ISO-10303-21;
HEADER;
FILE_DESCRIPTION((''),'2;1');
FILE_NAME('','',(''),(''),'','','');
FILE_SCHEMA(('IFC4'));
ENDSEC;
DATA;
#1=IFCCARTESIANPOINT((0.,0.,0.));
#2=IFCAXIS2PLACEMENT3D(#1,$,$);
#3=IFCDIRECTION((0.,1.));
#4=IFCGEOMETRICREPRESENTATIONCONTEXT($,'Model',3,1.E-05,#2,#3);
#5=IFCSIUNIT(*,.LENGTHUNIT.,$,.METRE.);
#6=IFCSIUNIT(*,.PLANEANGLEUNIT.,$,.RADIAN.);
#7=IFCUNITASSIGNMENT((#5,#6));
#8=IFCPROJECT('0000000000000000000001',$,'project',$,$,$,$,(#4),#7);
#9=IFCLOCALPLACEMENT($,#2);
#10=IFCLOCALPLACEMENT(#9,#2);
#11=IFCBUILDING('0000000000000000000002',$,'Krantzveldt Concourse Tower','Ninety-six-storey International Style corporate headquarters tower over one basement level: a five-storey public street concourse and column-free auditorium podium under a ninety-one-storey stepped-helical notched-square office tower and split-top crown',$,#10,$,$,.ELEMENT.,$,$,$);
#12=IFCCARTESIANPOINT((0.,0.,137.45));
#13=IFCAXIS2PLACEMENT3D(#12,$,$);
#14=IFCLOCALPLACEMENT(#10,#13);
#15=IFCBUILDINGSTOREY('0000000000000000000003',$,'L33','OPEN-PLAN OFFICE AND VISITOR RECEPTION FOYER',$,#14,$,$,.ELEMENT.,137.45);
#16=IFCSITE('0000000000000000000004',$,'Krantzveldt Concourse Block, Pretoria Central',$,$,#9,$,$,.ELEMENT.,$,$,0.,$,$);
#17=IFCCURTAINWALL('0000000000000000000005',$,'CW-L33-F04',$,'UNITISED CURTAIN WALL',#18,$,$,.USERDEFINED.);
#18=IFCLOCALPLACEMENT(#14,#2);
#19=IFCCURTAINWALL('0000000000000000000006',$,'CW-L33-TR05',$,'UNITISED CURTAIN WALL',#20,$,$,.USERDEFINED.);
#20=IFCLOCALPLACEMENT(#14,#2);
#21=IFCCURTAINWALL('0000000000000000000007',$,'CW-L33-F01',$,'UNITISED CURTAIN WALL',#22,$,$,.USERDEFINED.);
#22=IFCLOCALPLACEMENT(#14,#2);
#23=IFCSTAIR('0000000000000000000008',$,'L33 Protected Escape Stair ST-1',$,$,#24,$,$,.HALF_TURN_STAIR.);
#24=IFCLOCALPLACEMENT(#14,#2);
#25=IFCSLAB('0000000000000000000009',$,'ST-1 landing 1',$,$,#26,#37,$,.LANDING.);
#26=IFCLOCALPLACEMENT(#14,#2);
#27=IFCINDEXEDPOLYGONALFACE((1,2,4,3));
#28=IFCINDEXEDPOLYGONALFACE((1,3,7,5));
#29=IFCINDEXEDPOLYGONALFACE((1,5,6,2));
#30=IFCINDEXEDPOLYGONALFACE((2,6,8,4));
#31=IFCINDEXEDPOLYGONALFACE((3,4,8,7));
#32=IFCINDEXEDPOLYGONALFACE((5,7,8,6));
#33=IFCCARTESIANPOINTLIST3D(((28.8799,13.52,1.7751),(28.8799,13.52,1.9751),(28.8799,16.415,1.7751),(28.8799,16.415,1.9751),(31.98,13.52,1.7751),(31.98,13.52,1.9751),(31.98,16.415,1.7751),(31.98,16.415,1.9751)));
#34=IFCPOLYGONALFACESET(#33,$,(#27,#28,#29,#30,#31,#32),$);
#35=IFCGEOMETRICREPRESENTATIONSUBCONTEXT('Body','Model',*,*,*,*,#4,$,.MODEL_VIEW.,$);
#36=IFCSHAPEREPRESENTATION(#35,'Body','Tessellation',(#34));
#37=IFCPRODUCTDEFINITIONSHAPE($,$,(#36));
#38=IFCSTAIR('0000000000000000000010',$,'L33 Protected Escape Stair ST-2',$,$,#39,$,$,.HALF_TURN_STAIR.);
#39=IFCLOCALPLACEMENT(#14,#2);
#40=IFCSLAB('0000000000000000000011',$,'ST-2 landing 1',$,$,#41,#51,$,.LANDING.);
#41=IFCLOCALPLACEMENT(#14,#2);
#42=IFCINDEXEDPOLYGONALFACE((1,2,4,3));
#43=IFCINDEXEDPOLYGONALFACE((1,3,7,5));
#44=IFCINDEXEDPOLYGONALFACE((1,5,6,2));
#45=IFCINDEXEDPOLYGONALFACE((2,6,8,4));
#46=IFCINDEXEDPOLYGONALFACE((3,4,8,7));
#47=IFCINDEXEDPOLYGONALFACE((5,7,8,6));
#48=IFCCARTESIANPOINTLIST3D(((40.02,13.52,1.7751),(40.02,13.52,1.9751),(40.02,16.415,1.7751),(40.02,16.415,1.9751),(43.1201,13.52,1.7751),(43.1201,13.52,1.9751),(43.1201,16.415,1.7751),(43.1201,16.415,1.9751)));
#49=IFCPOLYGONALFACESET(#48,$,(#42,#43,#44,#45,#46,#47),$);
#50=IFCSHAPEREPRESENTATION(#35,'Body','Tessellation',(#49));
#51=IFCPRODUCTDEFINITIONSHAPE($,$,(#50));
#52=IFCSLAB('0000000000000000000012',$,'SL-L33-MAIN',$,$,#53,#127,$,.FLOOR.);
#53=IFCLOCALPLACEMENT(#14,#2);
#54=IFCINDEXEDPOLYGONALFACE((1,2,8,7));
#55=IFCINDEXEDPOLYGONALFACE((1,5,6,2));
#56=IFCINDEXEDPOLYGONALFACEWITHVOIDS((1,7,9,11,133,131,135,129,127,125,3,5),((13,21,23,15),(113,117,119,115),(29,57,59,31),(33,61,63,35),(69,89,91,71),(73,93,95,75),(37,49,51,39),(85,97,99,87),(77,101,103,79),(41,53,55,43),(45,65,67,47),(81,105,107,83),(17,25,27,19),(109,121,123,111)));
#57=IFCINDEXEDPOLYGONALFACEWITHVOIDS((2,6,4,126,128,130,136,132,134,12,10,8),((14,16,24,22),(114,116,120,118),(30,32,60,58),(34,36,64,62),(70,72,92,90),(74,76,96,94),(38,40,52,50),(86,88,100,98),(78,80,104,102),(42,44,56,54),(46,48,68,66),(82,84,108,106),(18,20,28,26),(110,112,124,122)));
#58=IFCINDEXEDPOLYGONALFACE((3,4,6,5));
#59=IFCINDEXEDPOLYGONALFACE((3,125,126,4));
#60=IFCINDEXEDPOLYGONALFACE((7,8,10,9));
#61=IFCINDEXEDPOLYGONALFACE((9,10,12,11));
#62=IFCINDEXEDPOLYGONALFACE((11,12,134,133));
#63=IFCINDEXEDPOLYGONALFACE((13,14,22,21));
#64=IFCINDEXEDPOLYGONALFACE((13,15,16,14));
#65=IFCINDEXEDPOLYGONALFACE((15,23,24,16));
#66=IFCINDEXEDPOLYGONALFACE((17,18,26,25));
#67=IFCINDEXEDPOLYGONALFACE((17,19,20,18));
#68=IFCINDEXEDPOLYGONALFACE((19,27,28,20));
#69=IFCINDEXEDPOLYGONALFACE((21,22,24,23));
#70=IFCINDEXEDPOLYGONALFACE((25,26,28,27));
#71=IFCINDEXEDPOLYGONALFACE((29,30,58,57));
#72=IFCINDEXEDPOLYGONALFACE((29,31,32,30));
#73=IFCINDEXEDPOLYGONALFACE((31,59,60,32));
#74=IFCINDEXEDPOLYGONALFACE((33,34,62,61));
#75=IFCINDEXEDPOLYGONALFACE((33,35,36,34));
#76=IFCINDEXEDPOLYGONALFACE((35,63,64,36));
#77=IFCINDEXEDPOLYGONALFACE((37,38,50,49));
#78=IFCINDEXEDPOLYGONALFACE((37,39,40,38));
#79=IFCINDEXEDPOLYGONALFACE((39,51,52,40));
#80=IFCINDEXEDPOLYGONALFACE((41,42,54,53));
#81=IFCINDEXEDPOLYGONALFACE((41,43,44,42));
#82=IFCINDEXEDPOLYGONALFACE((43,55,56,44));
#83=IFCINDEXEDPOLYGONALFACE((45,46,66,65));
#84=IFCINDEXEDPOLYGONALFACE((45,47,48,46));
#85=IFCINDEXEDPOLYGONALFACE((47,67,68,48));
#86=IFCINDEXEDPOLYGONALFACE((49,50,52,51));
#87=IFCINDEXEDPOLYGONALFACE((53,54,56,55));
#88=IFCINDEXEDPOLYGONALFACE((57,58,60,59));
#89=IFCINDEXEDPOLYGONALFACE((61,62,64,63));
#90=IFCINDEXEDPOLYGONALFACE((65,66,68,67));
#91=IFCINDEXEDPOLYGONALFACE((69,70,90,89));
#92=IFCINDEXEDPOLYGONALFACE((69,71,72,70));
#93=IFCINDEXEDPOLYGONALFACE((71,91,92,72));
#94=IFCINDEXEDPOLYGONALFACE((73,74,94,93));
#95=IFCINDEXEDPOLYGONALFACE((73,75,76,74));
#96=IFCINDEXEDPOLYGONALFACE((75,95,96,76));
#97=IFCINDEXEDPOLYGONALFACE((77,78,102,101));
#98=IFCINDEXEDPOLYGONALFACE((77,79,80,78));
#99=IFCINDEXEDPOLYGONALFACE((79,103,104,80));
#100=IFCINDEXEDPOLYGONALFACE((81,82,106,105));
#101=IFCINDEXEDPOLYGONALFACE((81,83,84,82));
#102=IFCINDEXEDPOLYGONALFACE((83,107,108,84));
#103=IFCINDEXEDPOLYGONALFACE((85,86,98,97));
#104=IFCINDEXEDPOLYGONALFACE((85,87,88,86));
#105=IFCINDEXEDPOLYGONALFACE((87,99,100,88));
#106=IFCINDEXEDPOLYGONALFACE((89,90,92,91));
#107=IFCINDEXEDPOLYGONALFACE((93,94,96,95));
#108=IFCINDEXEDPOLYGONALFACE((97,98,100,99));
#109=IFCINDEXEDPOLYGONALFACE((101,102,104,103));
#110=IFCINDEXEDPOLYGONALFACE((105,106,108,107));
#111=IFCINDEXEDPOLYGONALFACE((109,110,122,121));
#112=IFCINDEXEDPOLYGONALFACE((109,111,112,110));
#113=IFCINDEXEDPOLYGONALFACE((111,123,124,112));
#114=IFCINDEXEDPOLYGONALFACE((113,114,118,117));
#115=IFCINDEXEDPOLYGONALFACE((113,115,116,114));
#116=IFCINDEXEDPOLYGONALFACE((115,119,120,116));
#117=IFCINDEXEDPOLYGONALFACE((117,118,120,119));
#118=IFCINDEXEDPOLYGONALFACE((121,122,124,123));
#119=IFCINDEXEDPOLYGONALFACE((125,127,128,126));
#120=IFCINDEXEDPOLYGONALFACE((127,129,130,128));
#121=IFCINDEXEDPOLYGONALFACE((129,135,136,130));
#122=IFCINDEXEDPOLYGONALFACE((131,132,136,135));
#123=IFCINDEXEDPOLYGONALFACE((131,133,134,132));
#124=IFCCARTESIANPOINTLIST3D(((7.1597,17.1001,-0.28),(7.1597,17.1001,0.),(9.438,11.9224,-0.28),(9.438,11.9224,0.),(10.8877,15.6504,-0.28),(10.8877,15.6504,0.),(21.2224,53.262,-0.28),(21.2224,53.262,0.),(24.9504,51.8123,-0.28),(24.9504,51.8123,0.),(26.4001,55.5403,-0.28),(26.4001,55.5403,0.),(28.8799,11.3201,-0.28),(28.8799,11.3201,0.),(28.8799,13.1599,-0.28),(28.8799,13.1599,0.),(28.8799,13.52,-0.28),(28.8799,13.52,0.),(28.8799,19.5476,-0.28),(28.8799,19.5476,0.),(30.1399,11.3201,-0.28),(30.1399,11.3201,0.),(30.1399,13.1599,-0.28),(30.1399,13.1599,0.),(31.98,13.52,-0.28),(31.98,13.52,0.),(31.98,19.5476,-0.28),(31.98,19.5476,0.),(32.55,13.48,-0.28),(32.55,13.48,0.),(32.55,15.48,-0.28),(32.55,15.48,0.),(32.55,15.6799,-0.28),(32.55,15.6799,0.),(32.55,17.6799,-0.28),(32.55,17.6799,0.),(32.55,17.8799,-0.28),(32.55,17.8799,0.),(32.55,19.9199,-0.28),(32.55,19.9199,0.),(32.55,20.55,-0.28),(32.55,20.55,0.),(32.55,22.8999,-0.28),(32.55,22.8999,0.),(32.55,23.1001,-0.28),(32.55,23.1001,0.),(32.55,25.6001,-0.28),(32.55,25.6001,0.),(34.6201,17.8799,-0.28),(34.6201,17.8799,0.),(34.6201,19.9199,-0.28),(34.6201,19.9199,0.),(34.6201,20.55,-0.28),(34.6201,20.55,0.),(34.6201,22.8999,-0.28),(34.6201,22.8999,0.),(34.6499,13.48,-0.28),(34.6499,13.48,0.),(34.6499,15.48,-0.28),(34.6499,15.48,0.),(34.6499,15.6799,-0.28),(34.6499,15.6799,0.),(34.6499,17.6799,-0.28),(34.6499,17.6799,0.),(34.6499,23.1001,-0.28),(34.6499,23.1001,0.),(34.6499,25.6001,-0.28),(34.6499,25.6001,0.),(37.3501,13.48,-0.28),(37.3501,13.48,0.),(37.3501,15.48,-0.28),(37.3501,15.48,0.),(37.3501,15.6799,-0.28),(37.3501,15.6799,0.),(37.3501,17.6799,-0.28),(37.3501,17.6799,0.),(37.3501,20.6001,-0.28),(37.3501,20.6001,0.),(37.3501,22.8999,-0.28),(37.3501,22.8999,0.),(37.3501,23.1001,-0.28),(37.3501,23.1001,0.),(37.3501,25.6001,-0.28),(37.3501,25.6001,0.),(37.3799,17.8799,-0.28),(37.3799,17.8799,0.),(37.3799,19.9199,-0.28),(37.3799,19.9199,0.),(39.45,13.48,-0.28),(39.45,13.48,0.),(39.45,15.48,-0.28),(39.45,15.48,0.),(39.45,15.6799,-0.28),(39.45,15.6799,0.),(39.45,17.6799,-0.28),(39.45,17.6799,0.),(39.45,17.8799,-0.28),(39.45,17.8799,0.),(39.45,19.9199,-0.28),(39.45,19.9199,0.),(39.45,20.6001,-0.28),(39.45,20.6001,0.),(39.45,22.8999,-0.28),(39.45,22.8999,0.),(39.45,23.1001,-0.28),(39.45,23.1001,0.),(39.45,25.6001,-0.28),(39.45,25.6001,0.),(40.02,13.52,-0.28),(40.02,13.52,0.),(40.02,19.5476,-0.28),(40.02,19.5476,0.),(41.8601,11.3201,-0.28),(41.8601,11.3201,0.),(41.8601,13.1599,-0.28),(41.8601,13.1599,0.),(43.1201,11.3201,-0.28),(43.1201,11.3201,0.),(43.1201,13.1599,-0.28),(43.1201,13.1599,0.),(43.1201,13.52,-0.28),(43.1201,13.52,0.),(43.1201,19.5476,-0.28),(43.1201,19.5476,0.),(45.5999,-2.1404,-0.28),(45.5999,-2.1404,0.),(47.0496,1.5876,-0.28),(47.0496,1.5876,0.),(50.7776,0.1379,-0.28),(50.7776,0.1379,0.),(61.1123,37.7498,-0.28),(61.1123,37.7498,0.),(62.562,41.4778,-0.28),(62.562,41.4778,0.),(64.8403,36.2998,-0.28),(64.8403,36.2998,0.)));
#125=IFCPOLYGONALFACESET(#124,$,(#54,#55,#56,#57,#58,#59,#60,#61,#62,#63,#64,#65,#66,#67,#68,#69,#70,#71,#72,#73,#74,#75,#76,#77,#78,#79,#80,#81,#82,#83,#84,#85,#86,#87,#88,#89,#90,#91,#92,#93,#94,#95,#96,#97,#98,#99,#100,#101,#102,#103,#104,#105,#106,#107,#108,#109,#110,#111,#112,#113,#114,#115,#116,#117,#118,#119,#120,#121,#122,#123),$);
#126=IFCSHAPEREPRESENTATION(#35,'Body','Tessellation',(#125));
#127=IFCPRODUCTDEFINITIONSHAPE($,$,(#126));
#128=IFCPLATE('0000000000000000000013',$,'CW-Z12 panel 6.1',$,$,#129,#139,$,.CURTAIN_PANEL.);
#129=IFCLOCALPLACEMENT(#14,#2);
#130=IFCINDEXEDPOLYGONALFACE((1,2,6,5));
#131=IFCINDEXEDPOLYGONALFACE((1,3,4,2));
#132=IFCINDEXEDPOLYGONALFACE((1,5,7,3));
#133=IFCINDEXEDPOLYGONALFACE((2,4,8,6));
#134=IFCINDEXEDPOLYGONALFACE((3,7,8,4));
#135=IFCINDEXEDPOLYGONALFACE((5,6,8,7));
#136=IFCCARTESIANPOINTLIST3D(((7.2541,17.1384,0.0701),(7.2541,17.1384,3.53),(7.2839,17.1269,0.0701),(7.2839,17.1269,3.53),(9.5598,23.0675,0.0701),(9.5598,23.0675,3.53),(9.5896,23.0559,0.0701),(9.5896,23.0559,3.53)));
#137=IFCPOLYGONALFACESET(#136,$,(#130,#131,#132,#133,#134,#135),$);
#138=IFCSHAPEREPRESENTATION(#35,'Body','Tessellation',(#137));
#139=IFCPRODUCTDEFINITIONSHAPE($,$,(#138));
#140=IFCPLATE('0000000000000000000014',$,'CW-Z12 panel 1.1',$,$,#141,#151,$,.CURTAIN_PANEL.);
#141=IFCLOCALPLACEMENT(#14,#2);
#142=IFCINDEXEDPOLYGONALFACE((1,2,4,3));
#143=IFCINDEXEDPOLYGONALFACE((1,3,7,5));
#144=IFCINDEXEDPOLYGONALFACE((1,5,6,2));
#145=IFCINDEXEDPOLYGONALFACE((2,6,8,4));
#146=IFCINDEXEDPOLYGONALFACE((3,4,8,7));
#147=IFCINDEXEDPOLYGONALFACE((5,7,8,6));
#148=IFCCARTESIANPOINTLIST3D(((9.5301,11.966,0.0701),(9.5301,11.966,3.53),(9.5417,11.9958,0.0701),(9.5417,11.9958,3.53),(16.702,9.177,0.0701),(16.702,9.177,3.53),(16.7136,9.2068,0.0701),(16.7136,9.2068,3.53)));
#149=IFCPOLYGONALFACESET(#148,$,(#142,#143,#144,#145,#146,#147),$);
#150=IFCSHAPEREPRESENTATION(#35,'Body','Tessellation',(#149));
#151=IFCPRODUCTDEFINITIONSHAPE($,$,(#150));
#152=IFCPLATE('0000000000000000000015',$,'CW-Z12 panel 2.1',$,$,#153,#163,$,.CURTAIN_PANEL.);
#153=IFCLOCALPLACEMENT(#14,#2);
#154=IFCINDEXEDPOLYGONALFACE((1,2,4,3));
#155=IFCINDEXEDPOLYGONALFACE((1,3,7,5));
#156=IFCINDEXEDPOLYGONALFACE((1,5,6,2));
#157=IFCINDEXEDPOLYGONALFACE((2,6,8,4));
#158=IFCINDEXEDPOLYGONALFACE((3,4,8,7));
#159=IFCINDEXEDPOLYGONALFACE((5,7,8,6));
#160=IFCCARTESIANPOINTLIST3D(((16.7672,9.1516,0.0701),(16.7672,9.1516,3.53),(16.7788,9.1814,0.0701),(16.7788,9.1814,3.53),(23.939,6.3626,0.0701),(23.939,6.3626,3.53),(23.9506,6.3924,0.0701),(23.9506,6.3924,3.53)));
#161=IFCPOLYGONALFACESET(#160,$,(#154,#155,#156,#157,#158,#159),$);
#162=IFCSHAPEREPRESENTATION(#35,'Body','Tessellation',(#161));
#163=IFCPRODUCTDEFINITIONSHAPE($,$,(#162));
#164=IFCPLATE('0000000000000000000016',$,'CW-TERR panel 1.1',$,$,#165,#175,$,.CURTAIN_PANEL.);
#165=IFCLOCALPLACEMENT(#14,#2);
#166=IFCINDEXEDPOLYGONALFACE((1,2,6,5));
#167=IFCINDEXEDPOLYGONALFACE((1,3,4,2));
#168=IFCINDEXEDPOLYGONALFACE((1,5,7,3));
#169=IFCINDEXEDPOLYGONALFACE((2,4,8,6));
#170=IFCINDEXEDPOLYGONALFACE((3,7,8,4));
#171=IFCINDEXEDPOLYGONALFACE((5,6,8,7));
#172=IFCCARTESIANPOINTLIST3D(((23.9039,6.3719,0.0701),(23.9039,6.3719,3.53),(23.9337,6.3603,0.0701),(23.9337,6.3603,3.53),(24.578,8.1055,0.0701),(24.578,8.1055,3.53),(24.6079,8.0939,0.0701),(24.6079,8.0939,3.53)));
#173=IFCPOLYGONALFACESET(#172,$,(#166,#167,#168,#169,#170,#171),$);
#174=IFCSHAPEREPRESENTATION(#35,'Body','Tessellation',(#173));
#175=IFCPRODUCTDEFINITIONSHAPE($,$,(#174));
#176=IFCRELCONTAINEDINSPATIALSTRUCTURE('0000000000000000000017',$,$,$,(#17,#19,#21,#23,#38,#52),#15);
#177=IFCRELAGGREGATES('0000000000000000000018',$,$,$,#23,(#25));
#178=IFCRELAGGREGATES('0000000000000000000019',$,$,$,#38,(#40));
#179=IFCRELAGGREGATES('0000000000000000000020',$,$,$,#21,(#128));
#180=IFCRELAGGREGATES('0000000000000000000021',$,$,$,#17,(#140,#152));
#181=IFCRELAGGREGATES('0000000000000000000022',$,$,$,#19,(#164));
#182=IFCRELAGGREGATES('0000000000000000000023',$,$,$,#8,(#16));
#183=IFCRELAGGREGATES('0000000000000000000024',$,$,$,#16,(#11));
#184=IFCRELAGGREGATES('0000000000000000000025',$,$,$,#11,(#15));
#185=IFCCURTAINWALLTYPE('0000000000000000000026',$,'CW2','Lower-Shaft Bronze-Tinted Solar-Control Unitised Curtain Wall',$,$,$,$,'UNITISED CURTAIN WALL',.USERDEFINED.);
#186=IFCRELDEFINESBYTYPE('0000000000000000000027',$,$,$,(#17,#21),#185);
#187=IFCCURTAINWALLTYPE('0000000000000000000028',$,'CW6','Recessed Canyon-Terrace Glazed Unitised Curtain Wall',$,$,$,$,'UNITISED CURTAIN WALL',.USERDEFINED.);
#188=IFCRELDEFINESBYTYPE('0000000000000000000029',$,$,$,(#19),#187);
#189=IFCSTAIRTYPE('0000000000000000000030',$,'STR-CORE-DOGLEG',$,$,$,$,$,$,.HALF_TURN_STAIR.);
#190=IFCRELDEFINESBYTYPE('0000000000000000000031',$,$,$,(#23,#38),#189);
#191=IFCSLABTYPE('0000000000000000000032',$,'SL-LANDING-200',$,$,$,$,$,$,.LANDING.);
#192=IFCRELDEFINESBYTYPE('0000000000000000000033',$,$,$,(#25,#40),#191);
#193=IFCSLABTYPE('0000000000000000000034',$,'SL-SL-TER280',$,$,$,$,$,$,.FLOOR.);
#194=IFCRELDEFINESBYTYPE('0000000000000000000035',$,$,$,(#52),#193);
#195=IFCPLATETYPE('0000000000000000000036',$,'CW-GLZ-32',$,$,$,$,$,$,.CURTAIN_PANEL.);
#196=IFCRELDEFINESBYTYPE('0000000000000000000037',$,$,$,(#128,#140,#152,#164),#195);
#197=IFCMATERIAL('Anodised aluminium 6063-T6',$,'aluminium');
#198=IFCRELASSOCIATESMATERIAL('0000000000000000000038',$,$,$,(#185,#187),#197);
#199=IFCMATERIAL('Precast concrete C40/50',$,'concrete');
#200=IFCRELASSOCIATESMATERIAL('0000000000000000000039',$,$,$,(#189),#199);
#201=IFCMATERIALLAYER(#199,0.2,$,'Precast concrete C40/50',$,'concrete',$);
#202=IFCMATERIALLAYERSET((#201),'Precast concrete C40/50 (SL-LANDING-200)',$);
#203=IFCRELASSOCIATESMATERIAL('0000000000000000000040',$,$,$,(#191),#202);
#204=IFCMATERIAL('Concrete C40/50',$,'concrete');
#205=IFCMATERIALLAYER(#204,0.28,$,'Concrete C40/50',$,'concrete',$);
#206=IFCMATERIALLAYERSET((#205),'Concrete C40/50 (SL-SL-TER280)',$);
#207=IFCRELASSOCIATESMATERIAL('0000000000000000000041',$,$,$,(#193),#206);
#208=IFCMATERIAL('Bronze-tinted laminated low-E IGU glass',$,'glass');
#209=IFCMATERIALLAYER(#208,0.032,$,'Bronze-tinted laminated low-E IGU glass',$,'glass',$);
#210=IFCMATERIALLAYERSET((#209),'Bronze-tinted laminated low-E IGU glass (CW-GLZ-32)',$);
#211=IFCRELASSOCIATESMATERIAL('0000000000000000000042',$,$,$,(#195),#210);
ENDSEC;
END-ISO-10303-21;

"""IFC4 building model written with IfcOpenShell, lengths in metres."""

from ifc_helpers import new_model, si_unit, direction, frame, origin, origin_2d, place, context, subcontext, project, spatial, polyline, rectangle, outline, extrude, source, transform, mapped, material, layer, layer_set, type_object, type_shapes, element, aggregate, save


model = new_model("IFC4")

# Units and contexts
model_context = context("Model", 3, precision=1e-05, world=origin(), true_north=direction((0.0, 1.0)))
body_context = subcontext(model_context, "Body", "Model", "MODEL_VIEW")
ifc_project = project(units=[si_unit("LENGTHUNIT", "METRE"), si_unit("PLANEANGLEUNIT", "RADIAN")], contexts=[model_context])

# Site, building, storey
site_placement = place(None, origin())
site = spatial("IfcSite", under=ifc_project, at=site_placement, Name="Krantzveldt Concourse Block, Pretoria Central", CompositionType="ELEMENT", RefElevation=0.0)
building_placement = place(site_placement, origin())
building = spatial("IfcBuilding", under=site, at=building_placement, Name="Krantzveldt Concourse Tower", Description="Ninety-six-storey International Style corporate headquarters tower over one basement level: a five-storey public street concourse and column-free auditorium podium under a ninety-one-storey stepped-helical notched-square office tower and split-top crown", CompositionType="ELEMENT")
storey_placement = place(building_placement, frame((0.0, 0.0, 137.45)))
storey = spatial("IfcBuildingStorey", under=building, at=storey_placement, Name="L33", Description="OPEN-PLAN OFFICE AND VISITOR RECEPTION FOYER", CompositionType="ELEMENT", Elevation=137.45)

# Curtain walls
ifc_material_1 = material(Name="Anodised aluminium 6063-T6", Category="aluminium")
curtain_wall_type_1 = type_object("IfcCurtainWallType", Name="CW2", Description="Lower-Shaft Bronze-Tinted Solar-Control Unitised Curtain Wall", ElementType="UNITISED CURTAIN WALL", PredefinedType="USERDEFINED", material=ifc_material_1)
curtain_wall_1_placement = place(storey_placement, origin())
curtain_wall_1 = element("IfcCurtainWall", 1, at=curtain_wall_1_placement, inside=storey, type_object=curtain_wall_type_1, Name="CW-L33-F04", ObjectType="UNITISED CURTAIN WALL", PredefinedType="USERDEFINED")
curtain_wall_type_2 = type_object("IfcCurtainWallType", Name="CW6", Description="Recessed Canyon-Terrace Glazed Unitised Curtain Wall", ElementType="UNITISED CURTAIN WALL", PredefinedType="USERDEFINED", material=ifc_material_1)
curtain_wall_2_placement = place(storey_placement, origin())
curtain_wall_2 = element("IfcCurtainWall", 2, at=curtain_wall_2_placement, inside=storey, type_object=curtain_wall_type_2, Name="CW-L33-TR05", ObjectType="UNITISED CURTAIN WALL", PredefinedType="USERDEFINED")

# Curtain wall
curtain_wall_3_placement = place(storey_placement, origin())
curtain_wall_3 = element("IfcCurtainWall", 3, at=curtain_wall_3_placement, inside=storey, type_object=curtain_wall_type_1, Name="CW-L33-F01", ObjectType="UNITISED CURTAIN WALL", PredefinedType="USERDEFINED")

# Stairs, slabs
ifc_material_2 = material(Name="Precast concrete C40/50", Category="concrete")
stair_type = type_object("IfcStairType", Name="STR-CORE-DOGLEG", PredefinedType="HALF_TURN_STAIR", material=ifc_material_2)
stair_1_placement = place(storey_placement, origin())
stair_1 = element("IfcStair", 4, at=stair_1_placement, inside=storey, type_object=stair_type, Name="L33 Protected Escape Stair ST-1", PredefinedType="HALF_TURN_STAIR")
ifc_layer_1 = layer(ifc_material_2, 0.2, Name="Precast concrete C40/50", Category="concrete")
ifc_layer_set_1 = layer_set([ifc_layer_1], Name="Precast concrete C40/50 (SL-LANDING-200)")
slab_type_1 = type_object("IfcSlabType", Name="SL-LANDING-200", PredefinedType="LANDING", material=ifc_layer_set_1)
slab_1_placement = place(storey_placement, frame((0.0, 0.0, 1.7751)))
slab_1 = element("IfcSlab", 5, at=slab_1_placement, type_object=slab_type_1, Name="ST-1 landing 1", PredefinedType="LANDING", context=body_context, shape_type="SweptSolid", body=[
    extrude(outline(polyline([(28.8799, 16.415), (28.8799, 13.52), (31.98, 13.52), (31.98, 16.415), (28.8799, 16.415)])), origin(), (0.0, 0.0, 1.0), 0.2),
])
aggregate(stair_1, [slab_1])
stair_2_placement = place(storey_placement, origin())
stair_2 = element("IfcStair", 6, at=stair_2_placement, inside=storey, type_object=stair_type, Name="L33 Protected Escape Stair ST-2", PredefinedType="HALF_TURN_STAIR")
slab_2_placement = place(storey_placement, frame((0.0, 0.0, 1.7751)))
slab_2 = element("IfcSlab", 7, at=slab_2_placement, type_object=slab_type_1, Name="ST-2 landing 1", PredefinedType="LANDING", context=body_context, shape_type="SweptSolid", body=[
    extrude(outline(polyline([(40.02, 16.415), (40.02, 13.52), (43.1201, 13.52), (43.1201, 16.415), (40.02, 16.415)])), origin(), (0.0, 0.0, 1.0), 0.2),
])
aggregate(stair_2, [slab_2])

# Slab
ifc_material_3 = material(Name="Concrete C40/50", Category="concrete")
ifc_layer_2 = layer(ifc_material_3, 0.28, Name="Concrete C40/50", Category="concrete")
ifc_layer_set_2 = layer_set([ifc_layer_2], Name="Concrete C40/50 (SL-SL-TER280)")
slab_type_2 = type_object("IfcSlabType", Name="SL-SL-TER280", PredefinedType="FLOOR", material=ifc_layer_set_2)
slab_3_placement = place(storey_placement, frame((0.0, 0.0, -0.28)))
element("IfcSlab", 8, at=slab_3_placement, inside=storey, type_object=slab_type_2, Name="SL-L33-MAIN", PredefinedType="FLOOR", context=body_context, shape_type="SweptSolid", body=[
    extrude(outline(polyline([(24.9504, 51.8123), (21.2224, 53.262), (7.1597, 17.1001), (10.8877, 15.6504), (9.438, 11.9224), (45.5999, -2.1404), (47.0496, 1.5876), (50.7776, 0.1379), (64.8403, 36.2998), (61.1123, 37.7498), (62.562, 41.4778), (26.4001, 55.5403), (24.9504, 51.8123)]), holes=[polyline([(28.8799, 19.5476), (28.8799, 13.52), (31.98, 13.52), (31.98, 19.5476), (28.8799, 19.5476)]), polyline([(40.02, 19.5476), (40.02, 13.52), (43.1201, 13.52), (43.1201, 19.5476), (40.02, 19.5476)]), polyline([(32.55, 23.1001), (34.6499, 23.1001), (34.6499, 25.6001), (32.55, 25.6001), (32.55, 23.1001)]), polyline([(37.3501, 23.1001), (39.45, 23.1001), (39.45, 25.6001), (37.3501, 25.6001), (37.3501, 23.1001)]), polyline([(37.3501, 20.6001), (39.45, 20.6001), (39.45, 22.8999), (37.3501, 22.8999), (37.3501, 20.6001)]), polyline([(32.55, 13.48), (34.6499, 13.48), (34.6499, 15.48), (32.55, 15.48), (32.55, 13.48)]), polyline([(32.55, 15.6799), (34.6499, 15.6799), (34.6499, 17.6799), (32.55, 17.6799), (32.55, 15.6799)]), polyline([(37.3501, 13.48), (39.45, 13.48), (39.45, 15.48), (37.3501, 15.48), (37.3501, 13.48)]), polyline([(37.3501, 15.6799), (39.45, 15.6799), (39.45, 17.6799), (37.3501, 17.6799), (37.3501, 15.6799)]), polyline([(32.55, 20.55), (34.6201, 20.55), (34.6201, 22.8999), (32.55, 22.8999), (32.55, 20.55)]), polyline([(32.55, 17.8799), (34.6201, 17.8799), (34.6201, 19.9199), (32.55, 19.9199), (32.55, 17.8799)]), polyline([(37.3799, 17.8799), (39.45, 17.8799), (39.45, 19.9199), (37.3799, 19.9199), (37.3799, 17.8799)]), polyline([(28.8799, 11.3201), (30.1399, 11.3201), (30.1399, 13.1599), (28.8799, 13.1599), (28.8799, 11.3201)]), polyline([(41.8601, 11.3201), (43.1201, 11.3201), (43.1201, 13.1599), (41.8601, 13.1599), (41.8601, 11.3201)])]), origin(), (0.0, 0.0, 1.0), 0.28),
])

# Plates
ifc_material_4 = material(Name="Bronze-tinted laminated low-E IGU glass", Category="glass")
ifc_layer_3 = layer(ifc_material_4, 0.032, Name="Bronze-tinted laminated low-E IGU glass", Category="glass")
ifc_layer_set_3 = layer_set([ifc_layer_3], Name="Bronze-tinted laminated low-E IGU glass (CW-GLZ-32)")
plate_type = type_object("IfcPlateType", Name="CW-GLZ-32", PredefinedType="CURTAIN_PANEL", material=ifc_layer_set_3)
shared_shape_1 = source(origin(), body_context, "Body", "SweptSolid", [
    extrude(rectangle(XDim=6.3616, YDim=0.032, at=origin_2d()), origin(), (0.0, 0.0, 1.0), 3.46),
])
plate_1_placement = place(storey_placement, frame((8.4219, 20.0972, 0.0701), z_axis=(0.0, 0.0, 1.0), x_axis=(-0.362438, -0.932008, 0.0)))
plate_1 = element("IfcPlate", 9, at=plate_1_placement, type_object=plate_type, Name="CW-Z12 panel 6.1", PredefinedType="CURTAIN_PANEL", context=body_context, shape_type="MappedRepresentation", body=[
    mapped(shared_shape_1, transform((0.0, 0.0, 0.0), x_axis=(1.0, 0.0, 0.0), y_axis=(0.0, 1.0, 0.0), z_axis=(0.0, 0.0, 1.0), scale=1.0)),
])
aggregate(curtain_wall_3, [plate_1])
shared_shape_2 = source(origin(), body_context, "Body", "SweptSolid", [
    extrude(rectangle(XDim=7.6951, YDim=0.032, at=origin_2d()), origin(), (0.0, 0.0, 1.0), 3.46),
])
plate_2_placement = place(storey_placement, frame((13.1218, 10.5864, 0.0701), z_axis=(0.0, 0.0, 1.0), x_axis=(0.932008, -0.362438, 0.0)))
plate_2 = element("IfcPlate", 10, at=plate_2_placement, type_object=plate_type, Name="CW-Z12 panel 1.1", PredefinedType="CURTAIN_PANEL", context=body_context, shape_type="MappedRepresentation", body=[
    mapped(shared_shape_2, transform((0.0, 0.0, 0.0), x_axis=(1.0, 0.0, 0.0), y_axis=(0.0, 1.0, 0.0), z_axis=(0.0, 0.0, 1.0), scale=1.0)),
])
plate_3_placement = place(storey_placement, frame((20.3589, 7.772, 0.0701), z_axis=(0.0, 0.0, 1.0), x_axis=(0.932008, -0.362438, 0.0)))
plate_3 = element("IfcPlate", 11, at=plate_3_placement, type_object=plate_type, Name="CW-Z12 panel 2.1", PredefinedType="CURTAIN_PANEL", context=body_context, shape_type="MappedRepresentation", body=[
    mapped(shared_shape_2, transform((0.0, 0.0, 0.0), x_axis=(1.0, 0.0, 0.0), y_axis=(0.0, 1.0, 0.0), z_axis=(0.0, 0.0, 1.0), scale=1.0)),
])
aggregate(curtain_wall_1, [plate_2, plate_3])
shared_shape_3 = source(origin(), body_context, "Body", "SweptSolid", [
    extrude(rectangle(XDim=1.8601, YDim=0.032, at=origin_2d()), origin(), (0.0, 0.0, 1.0), 3.46),
])
type_shapes(plate_type, [shared_shape_1, shared_shape_2, shared_shape_3])
plate_4_placement = place(storey_placement, frame((24.2559, 7.2329, 0.0701), z_axis=(0.0, 0.0, 1.0), x_axis=(0.362439, 0.932007, 0.0)))
plate_4 = element("IfcPlate", 12, at=plate_4_placement, type_object=plate_type, Name="CW-TERR panel 1.1", PredefinedType="CURTAIN_PANEL", context=body_context, shape_type="MappedRepresentation", body=[
    mapped(shared_shape_3, transform((0.0, 0.0, 0.0), x_axis=(1.0, 0.0, 0.0), y_axis=(0.0, 1.0, 0.0), z_axis=(0.0, 0.0, 1.0), scale=1.0)),
])
aggregate(curtain_wall_2, [plate_4])

save(model, "model.ifc")
